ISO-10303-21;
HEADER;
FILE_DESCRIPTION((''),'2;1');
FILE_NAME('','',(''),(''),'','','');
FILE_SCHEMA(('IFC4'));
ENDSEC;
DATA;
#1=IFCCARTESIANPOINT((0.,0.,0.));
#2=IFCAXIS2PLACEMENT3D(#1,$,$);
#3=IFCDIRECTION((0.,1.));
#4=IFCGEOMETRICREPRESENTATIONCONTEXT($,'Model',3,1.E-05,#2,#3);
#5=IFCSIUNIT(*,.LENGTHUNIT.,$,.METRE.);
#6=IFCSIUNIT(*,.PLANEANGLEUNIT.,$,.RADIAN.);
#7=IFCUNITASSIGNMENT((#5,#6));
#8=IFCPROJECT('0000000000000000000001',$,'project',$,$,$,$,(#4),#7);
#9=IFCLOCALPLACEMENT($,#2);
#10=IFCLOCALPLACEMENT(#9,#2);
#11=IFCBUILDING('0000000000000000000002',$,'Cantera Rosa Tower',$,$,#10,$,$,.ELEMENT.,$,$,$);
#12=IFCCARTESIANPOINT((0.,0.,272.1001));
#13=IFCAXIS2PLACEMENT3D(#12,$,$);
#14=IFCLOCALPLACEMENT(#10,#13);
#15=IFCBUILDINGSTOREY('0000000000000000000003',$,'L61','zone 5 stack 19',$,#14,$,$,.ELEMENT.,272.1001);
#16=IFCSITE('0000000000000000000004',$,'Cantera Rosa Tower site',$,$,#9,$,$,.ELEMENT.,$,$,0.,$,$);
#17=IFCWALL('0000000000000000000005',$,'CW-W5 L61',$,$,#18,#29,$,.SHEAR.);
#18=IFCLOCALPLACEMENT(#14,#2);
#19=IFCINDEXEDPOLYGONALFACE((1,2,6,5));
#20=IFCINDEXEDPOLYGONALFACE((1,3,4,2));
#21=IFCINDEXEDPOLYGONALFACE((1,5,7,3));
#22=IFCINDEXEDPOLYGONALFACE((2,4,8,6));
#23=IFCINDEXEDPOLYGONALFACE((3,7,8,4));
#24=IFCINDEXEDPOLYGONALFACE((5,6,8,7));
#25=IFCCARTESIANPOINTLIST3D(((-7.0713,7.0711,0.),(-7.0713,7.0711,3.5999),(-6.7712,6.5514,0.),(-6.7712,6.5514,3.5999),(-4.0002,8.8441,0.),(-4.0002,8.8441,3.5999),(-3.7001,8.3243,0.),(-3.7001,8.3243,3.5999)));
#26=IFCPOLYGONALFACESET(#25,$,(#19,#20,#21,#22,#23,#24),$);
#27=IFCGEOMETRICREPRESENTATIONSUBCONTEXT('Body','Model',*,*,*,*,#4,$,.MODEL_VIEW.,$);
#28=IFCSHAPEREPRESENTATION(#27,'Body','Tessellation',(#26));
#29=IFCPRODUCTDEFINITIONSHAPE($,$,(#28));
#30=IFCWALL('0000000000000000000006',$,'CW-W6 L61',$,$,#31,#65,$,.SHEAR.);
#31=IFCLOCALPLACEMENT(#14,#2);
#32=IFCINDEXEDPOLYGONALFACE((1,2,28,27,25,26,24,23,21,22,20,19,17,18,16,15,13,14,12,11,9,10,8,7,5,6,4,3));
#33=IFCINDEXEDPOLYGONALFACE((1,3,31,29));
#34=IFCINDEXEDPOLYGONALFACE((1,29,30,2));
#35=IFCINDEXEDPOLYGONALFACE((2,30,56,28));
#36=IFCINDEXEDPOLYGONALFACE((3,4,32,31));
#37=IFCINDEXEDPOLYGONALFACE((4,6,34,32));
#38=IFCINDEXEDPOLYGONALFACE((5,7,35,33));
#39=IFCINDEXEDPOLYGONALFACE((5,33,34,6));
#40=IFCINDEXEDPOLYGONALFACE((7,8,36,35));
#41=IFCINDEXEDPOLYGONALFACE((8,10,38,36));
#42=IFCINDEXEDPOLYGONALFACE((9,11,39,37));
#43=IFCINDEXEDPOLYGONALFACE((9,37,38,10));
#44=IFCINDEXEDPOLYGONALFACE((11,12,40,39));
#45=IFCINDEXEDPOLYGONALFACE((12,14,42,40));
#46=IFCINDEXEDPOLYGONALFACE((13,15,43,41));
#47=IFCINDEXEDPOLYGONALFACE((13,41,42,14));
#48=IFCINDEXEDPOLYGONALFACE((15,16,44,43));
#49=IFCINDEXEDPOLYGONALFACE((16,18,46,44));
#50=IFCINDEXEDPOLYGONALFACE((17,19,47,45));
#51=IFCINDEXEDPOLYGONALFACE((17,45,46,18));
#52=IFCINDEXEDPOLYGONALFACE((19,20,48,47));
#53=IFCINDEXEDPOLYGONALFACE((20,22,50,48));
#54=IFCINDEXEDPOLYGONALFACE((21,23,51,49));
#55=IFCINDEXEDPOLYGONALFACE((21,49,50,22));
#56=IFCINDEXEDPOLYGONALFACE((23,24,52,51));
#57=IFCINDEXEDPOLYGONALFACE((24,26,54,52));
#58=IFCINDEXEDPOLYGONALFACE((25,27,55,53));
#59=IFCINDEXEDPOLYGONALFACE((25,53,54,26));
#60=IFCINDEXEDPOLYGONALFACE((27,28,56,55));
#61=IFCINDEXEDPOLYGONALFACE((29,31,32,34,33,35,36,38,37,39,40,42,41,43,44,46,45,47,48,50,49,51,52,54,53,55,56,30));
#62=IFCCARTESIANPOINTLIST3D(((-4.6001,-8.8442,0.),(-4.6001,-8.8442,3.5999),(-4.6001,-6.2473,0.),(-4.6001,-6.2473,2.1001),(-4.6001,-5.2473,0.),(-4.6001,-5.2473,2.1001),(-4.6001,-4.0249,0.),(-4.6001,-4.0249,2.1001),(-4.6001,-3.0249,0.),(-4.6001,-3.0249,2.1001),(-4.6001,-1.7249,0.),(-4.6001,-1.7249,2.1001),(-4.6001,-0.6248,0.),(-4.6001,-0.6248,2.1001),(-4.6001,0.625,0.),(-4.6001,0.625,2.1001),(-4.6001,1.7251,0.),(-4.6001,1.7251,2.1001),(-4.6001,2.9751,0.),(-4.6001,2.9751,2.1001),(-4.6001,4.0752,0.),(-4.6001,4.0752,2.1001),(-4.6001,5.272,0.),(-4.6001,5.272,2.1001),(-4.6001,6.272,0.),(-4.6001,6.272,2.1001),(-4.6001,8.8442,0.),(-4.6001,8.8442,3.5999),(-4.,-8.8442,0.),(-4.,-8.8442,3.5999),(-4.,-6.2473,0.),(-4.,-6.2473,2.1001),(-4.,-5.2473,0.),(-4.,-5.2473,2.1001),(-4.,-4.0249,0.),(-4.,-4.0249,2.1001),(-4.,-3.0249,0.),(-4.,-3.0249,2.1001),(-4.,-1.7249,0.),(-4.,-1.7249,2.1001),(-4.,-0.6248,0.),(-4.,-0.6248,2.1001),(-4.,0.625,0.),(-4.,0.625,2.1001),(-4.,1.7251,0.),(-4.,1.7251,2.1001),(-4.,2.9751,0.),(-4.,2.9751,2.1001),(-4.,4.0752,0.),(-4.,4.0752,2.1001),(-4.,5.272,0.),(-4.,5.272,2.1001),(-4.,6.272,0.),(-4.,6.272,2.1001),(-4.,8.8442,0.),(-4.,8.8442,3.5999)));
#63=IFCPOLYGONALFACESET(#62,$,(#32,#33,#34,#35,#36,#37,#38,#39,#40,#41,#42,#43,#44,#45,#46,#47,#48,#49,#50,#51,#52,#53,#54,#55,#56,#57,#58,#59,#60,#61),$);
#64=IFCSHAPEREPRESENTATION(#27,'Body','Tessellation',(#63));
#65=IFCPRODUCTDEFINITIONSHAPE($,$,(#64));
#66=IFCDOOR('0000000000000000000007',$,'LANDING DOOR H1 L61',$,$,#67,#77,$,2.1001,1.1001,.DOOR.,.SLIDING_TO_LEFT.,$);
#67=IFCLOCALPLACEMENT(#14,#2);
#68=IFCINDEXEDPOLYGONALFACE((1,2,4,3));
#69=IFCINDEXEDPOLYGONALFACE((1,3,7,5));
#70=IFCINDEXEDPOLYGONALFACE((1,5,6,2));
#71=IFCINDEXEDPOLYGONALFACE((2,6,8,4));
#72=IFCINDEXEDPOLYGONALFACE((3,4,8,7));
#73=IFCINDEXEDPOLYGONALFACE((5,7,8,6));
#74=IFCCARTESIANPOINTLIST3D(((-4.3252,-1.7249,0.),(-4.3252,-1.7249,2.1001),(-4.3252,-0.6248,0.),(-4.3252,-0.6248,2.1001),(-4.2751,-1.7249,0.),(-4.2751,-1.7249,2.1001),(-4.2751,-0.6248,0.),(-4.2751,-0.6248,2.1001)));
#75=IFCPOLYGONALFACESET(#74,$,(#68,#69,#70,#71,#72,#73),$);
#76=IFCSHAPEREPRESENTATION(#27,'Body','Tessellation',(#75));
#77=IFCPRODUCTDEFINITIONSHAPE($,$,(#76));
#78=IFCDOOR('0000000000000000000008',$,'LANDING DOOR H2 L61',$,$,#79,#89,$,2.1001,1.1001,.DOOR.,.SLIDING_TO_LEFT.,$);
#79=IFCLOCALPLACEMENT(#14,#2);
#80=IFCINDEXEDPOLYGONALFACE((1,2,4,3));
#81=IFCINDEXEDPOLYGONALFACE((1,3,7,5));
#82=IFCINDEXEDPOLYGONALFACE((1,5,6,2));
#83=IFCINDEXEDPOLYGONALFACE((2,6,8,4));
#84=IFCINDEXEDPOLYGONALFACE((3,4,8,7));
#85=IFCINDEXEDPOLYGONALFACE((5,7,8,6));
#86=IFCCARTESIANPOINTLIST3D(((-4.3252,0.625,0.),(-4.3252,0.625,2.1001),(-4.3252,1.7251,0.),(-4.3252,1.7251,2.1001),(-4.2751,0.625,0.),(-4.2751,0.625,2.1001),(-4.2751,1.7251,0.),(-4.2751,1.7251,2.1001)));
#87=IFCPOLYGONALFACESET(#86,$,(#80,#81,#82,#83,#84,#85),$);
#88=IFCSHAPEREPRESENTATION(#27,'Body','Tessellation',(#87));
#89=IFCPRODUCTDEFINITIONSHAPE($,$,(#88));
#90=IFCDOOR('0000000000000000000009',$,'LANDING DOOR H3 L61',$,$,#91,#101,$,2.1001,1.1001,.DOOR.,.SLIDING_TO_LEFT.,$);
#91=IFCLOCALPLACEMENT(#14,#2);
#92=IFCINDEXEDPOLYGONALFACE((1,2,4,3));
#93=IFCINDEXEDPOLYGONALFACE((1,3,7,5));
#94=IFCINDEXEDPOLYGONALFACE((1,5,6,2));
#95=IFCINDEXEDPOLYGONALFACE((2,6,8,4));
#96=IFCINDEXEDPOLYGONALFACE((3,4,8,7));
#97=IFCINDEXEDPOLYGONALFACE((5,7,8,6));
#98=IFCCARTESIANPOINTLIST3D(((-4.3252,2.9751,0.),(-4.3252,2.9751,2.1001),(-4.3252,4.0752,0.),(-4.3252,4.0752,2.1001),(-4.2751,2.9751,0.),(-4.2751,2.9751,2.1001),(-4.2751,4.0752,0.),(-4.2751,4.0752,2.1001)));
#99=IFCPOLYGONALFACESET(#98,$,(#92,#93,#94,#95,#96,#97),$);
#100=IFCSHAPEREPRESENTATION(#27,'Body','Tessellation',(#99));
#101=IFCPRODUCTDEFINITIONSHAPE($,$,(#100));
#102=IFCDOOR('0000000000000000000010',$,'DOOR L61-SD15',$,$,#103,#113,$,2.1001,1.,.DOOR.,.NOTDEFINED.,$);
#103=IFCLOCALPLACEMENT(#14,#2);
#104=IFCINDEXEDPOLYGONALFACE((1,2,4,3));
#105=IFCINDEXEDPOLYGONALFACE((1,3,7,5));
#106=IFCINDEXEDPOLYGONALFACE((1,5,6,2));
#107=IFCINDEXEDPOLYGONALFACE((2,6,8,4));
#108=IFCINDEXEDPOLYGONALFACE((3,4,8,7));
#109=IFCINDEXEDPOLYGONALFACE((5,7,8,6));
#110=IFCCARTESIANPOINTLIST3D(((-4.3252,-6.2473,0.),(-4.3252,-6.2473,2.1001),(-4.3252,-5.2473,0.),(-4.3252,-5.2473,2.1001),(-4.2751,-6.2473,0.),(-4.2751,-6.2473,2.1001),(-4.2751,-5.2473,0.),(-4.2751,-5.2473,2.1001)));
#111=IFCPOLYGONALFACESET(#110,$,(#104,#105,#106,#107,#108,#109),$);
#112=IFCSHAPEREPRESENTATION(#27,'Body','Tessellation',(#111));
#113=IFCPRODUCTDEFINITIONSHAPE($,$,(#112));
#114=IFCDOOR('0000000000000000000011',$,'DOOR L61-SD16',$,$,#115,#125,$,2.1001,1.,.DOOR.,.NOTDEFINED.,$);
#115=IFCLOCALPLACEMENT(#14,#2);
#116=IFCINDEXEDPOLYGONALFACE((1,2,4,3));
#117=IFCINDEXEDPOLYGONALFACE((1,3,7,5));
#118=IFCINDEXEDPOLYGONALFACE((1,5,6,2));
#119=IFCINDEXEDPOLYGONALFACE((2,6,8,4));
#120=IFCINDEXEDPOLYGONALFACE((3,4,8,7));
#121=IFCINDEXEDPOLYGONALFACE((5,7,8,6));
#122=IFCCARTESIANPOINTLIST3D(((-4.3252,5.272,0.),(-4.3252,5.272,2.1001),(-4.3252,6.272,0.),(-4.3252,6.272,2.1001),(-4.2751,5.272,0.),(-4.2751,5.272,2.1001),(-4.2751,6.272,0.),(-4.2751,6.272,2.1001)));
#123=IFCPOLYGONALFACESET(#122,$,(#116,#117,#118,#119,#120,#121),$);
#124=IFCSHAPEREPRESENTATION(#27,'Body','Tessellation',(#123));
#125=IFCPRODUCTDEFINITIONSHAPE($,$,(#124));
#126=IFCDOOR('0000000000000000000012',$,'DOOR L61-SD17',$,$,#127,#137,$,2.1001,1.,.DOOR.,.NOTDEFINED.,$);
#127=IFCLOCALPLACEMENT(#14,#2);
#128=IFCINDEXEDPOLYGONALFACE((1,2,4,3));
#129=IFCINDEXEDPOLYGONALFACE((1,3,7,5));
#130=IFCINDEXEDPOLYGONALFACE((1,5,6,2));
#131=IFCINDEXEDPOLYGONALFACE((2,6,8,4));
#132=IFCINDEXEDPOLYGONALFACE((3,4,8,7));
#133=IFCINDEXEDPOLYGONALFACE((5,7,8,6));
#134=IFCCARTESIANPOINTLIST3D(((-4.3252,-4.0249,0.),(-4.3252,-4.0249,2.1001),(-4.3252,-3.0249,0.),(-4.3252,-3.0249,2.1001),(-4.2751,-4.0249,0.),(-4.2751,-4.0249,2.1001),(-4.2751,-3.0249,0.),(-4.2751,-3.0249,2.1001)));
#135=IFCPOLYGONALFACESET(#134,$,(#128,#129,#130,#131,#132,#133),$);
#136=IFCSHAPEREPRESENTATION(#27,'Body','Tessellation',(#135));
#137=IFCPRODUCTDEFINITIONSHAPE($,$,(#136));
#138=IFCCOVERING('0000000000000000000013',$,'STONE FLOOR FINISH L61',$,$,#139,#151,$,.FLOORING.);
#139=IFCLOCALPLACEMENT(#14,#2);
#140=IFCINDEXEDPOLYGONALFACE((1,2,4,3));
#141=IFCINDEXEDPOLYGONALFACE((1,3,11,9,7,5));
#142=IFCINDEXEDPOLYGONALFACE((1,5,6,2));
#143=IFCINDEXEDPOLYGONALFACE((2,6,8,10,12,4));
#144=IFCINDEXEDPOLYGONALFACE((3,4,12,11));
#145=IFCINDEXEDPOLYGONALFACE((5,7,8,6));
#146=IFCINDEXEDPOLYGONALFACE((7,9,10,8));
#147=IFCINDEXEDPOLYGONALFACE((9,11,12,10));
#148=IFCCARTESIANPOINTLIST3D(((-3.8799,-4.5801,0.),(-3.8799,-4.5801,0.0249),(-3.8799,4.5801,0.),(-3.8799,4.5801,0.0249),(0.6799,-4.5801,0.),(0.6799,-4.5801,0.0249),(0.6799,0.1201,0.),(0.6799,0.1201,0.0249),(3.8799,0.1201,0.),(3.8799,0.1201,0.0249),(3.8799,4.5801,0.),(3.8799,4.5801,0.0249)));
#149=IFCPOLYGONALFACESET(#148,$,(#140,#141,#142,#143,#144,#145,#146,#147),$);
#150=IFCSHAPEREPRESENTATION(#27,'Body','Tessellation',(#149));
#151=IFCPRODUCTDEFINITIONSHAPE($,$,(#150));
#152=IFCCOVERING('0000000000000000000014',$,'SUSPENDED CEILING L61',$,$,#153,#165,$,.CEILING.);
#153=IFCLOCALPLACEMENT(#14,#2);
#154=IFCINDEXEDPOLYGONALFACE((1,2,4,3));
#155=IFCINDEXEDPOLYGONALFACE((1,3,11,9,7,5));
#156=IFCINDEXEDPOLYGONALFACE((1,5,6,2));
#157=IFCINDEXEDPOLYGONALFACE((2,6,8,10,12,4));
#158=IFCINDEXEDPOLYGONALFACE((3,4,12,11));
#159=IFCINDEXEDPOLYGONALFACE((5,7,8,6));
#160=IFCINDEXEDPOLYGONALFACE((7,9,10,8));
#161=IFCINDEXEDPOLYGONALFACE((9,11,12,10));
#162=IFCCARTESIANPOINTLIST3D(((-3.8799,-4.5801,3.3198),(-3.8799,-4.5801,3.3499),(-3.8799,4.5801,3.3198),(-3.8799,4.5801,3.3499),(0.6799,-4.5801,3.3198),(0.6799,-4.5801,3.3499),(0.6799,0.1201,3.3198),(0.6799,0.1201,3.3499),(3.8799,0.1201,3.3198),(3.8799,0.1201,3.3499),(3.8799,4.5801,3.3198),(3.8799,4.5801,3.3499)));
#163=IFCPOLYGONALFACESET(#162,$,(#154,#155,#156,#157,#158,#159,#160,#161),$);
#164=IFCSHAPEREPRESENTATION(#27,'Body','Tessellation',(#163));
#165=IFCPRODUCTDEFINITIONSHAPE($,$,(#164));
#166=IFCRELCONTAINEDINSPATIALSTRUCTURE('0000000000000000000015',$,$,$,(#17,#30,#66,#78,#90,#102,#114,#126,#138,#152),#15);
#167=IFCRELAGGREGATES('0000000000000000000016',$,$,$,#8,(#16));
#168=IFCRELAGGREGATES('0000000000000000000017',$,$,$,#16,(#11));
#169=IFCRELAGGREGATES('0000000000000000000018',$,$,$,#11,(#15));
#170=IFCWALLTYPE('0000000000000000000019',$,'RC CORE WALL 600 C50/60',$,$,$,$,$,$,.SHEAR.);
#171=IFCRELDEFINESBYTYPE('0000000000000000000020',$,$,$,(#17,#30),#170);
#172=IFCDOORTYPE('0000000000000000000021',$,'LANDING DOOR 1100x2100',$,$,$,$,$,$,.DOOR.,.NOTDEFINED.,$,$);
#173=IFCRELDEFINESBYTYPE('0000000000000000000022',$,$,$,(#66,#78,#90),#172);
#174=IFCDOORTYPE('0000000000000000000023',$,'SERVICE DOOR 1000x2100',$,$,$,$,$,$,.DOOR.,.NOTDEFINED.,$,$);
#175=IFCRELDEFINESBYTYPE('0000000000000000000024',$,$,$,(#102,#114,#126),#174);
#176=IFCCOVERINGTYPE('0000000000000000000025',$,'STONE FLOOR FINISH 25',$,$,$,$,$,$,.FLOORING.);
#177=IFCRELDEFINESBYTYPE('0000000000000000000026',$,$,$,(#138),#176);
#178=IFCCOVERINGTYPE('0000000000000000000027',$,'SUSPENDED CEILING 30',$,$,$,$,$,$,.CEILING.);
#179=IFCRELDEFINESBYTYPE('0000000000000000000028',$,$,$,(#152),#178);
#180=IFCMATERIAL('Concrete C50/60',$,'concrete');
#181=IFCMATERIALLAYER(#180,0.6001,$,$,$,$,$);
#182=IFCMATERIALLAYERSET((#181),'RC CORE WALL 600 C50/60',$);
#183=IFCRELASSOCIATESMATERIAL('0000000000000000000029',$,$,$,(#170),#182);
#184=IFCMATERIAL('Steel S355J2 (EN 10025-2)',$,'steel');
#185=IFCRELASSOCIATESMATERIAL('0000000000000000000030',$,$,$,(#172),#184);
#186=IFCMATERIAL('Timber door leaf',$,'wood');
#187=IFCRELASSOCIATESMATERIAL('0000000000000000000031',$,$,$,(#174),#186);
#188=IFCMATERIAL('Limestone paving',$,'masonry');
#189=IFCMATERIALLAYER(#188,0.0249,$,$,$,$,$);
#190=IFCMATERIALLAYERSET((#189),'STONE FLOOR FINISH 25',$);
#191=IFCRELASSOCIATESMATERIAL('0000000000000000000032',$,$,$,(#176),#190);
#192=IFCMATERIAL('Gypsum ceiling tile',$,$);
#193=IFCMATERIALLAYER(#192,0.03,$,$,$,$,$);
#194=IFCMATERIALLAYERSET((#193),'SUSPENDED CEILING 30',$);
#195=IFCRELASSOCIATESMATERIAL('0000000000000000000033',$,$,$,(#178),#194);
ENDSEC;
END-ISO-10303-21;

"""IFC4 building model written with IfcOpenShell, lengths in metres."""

from ifc_helpers import new_model, si_unit, direction, frame, frame_2d, origin, place, context, subcontext, project, spatial, polyline, rectangle, outline, extrude, material, layer, layer_set, type_object, element, fill, save


model = new_model("IFC4")

# Units and contexts
model_context = context("Model", 3, precision=1e-05, world=origin(), true_north=direction((0.0, 1.0)))
body_context = subcontext(model_context, "Body", "Model", "MODEL_VIEW")
ifc_project = project(units=[si_unit("LENGTHUNIT", "METRE"), si_unit("PLANEANGLEUNIT", "RADIAN")], contexts=[model_context])

# Site, building, storey
site_placement = place(None, origin())
site = spatial("IfcSite", under=ifc_project, at=site_placement, Name="Cantera Rosa Tower site", CompositionType="ELEMENT", RefElevation=0.0)
building_placement = place(site_placement, origin())
building = spatial("IfcBuilding", under=site, at=building_placement, Name="Cantera Rosa Tower", CompositionType="ELEMENT")
storey_placement = place(building_placement, frame((0.0, 0.0, 272.1001)))
storey = spatial("IfcBuildingStorey", under=building, at=storey_placement, Name="L61", Description="zone 5 stack 19", CompositionType="ELEMENT", Elevation=272.1001)

# Wall
ifc_material_1 = material(Name="Concrete C50/60", Category="concrete")
ifc_layer_1 = layer(ifc_material_1, 0.6001)
ifc_layer_set_1 = layer_set([ifc_layer_1], Name="RC CORE WALL 600 C50/60")
wall_type_1 = type_object("IfcWallType", Name="RC CORE WALL 600 C50/60", PredefinedType="SHEAR", material=ifc_layer_set_1)
wall_1_placement = place(storey_placement, frame((-6.9211, 6.8113, 0.0), z_axis=(0.0, 0.0, 1.0), x_axis=(0.86604, 0.499975, 0.0)))
element("IfcWall", 1, at=wall_1_placement, inside=storey, type_object=wall_type_1, Name="CW-W5 L61", PredefinedType="SHEAR", context=body_context, shape_type="SweptSolid", body=[
    extrude(rectangle(XDim=3.5461, YDim=0.6001, at=frame_2d((1.7729, 0.0))), origin(), (0.0, 0.0, 1.0), 3.5999),
])

# Wall, openings, doors
wall_2_placement = place(storey_placement, frame((-4.3, 8.8442, 0.0), z_axis=(0.0, 0.0, 1.0), x_axis=(0.0, -1.0, 0.0)))
wall_2 = element("IfcWall", 2, at=wall_2_placement, inside=storey, type_object=wall_type_1, Name="CW-W6 L61", PredefinedType="SHEAR", context=body_context, shape_type="SweptSolid", body=[
    extrude(rectangle(XDim=17.6885, YDim=0.6001, at=frame_2d((8.8442, 0.0))), origin(), (0.0, 0.0, 1.0), 3.5999),
])
opening_1_placement = place(wall_2_placement, frame((9.469, 0.0, 0.0)))
opening_1 = element("IfcOpeningElement", 3, at=opening_1_placement, cuts=wall_2, PredefinedType="OPENING", context=body_context, shape_type="SweptSolid", body=[
    extrude(rectangle(XDim=1.1001, YDim=2.1001, at=frame_2d((0.55, 1.05))), frame((0.0, 0.3101, 0.0), z_axis=(0.0, -1.0, 0.0), x_axis=(1.0, 0.0, 0.0)), (0.0, 0.0, 1.0), 0.6201),
])
opening_2_placement = place(wall_2_placement, frame((7.1191, 0.0, 0.0)))
opening_2 = element("IfcOpeningElement", 4, at=opening_2_placement, cuts=wall_2, PredefinedType="OPENING", context=body_context, shape_type="SweptSolid", body=[
    extrude(rectangle(XDim=1.1001, YDim=2.1001, at=frame_2d((0.55, 1.05))), frame((0.0, 0.3101, 0.0), z_axis=(0.0, -1.0, 0.0), x_axis=(1.0, 0.0, 0.0)), (0.0, 0.0, 1.0), 0.6201),
])
opening_3_placement = place(wall_2_placement, frame((4.769, 0.0, 0.0)))
opening_3 = element("IfcOpeningElement", 5, at=opening_3_placement, cuts=wall_2, PredefinedType="OPENING", context=body_context, shape_type="SweptSolid", body=[
    extrude(rectangle(XDim=1.1001, YDim=2.1001, at=frame_2d((0.55, 1.05))), frame((0.0, 0.3101, 0.0), z_axis=(0.0, -1.0, 0.0), x_axis=(1.0, 0.0, 0.0)), (0.0, 0.0, 1.0), 0.6201),
])
opening_4_placement = place(wall_2_placement, frame((14.0916, 0.0, 0.0)))
opening_4 = element("IfcOpeningElement", 6, at=opening_4_placement, cuts=wall_2, PredefinedType="OPENING", context=body_context, shape_type="SweptSolid", body=[
    extrude(rectangle(XDim=1.0, YDim=2.1001, at=frame_2d((0.5, 1.05))), frame((0.0, 0.3101, 0.0), z_axis=(0.0, -1.0, 0.0), x_axis=(1.0, 0.0, 0.0)), (0.0, 0.0, 1.0), 0.6201),
])
opening_5_placement = place(wall_2_placement, frame((2.5723, 0.0, 0.0)))
opening_5 = element("IfcOpeningElement", 7, at=opening_5_placement, cuts=wall_2, PredefinedType="OPENING", context=body_context, shape_type="SweptSolid", body=[
    extrude(rectangle(XDim=1.0, YDim=2.1001, at=frame_2d((0.5, 1.05))), frame((0.0, 0.3101, 0.0), z_axis=(0.0, -1.0, 0.0), x_axis=(1.0, 0.0, 0.0)), (0.0, 0.0, 1.0), 0.6201),
])
opening_6_placement = place(wall_2_placement, frame((11.8691, 0.0, 0.0)))
opening_6 = element("IfcOpeningElement", 8, at=opening_6_placement, cuts=wall_2, PredefinedType="OPENING", context=body_context, shape_type="SweptSolid", body=[
    extrude(rectangle(XDim=1.0, YDim=2.1001, at=frame_2d((0.5, 1.05))), frame((0.0, 0.3101, 0.0), z_axis=(0.0, -1.0, 0.0), x_axis=(1.0, 0.0, 0.0)), (0.0, 0.0, 1.0), 0.6201),
])
ifc_material_2 = material(Name="Steel S355J2 (EN 10025-2)", Category="steel")
door_type_1 = type_object("IfcDoorType", Name="LANDING DOOR 1100x2100", OperationType="NOTDEFINED", PredefinedType="DOOR", material=ifc_material_2)
door_1_placement = place(opening_1_placement, origin())
door_1 = element("IfcDoor", 9, at=door_1_placement, inside=storey, type_object=door_type_1, Name="LANDING DOOR H1 L61", OperationType="SLIDING_TO_LEFT", OverallHeight=2.1001, OverallWidth=1.1001, PredefinedType="DOOR", context=body_context, shape_type="SweptSolid", body=[
    extrude(rectangle(XDim=1.1001, YDim=2.1001, at=frame_2d((0.55, 1.05))), frame((0.0, 0.0249, 0.0), z_axis=(0.0, -1.0, 0.0), x_axis=(1.0, 0.0, 0.0)), (0.0, 0.0, 1.0), 0.05),
])
fill(opening_1, door_1)
door_2_placement = place(opening_2_placement, origin())
door_2 = element("IfcDoor", 10, at=door_2_placement, inside=storey, type_object=door_type_1, Name="LANDING DOOR H2 L61", OperationType="SLIDING_TO_LEFT", OverallHeight=2.1001, OverallWidth=1.1001, PredefinedType="DOOR", context=body_context, shape_type="SweptSolid", body=[
    extrude(rectangle(XDim=1.1001, YDim=2.1001, at=frame_2d((0.55, 1.05))), frame((0.0, 0.0249, 0.0), z_axis=(0.0, -1.0, 0.0), x_axis=(1.0, 0.0, 0.0)), (0.0, 0.0, 1.0), 0.05),
])
fill(opening_2, door_2)
door_3_placement = place(opening_3_placement, origin())
door_3 = element("IfcDoor", 11, at=door_3_placement, inside=storey, type_object=door_type_1, Name="LANDING DOOR H3 L61", OperationType="SLIDING_TO_LEFT", OverallHeight=2.1001, OverallWidth=1.1001, PredefinedType="DOOR", context=body_context, shape_type="SweptSolid", body=[
    extrude(rectangle(XDim=1.1001, YDim=2.1001, at=frame_2d((0.55, 1.05))), frame((0.0, 0.0249, 0.0), z_axis=(0.0, -1.0, 0.0), x_axis=(1.0, 0.0, 0.0)), (0.0, 0.0, 1.0), 0.05),
])
fill(opening_3, door_3)
ifc_material_3 = material(Name="Timber door leaf", Category="wood")
door_type_2 = type_object("IfcDoorType", Name="SERVICE DOOR 1000x2100", OperationType="NOTDEFINED", PredefinedType="DOOR", material=ifc_material_3)
door_4_placement = place(opening_4_placement, origin())
door_4 = element("IfcDoor", 12, at=door_4_placement, inside=storey, type_object=door_type_2, Name="DOOR L61-SD15", OperationType="NOTDEFINED", OverallHeight=2.1001, OverallWidth=1.0, PredefinedType="DOOR", context=body_context, shape_type="SweptSolid", body=[
    extrude(rectangle(XDim=1.0, YDim=2.1001, at=frame_2d((0.5, 1.05))), frame((0.0, 0.0249, 0.0), z_axis=(0.0, -1.0, 0.0), x_axis=(1.0, 0.0, 0.0)), (0.0, 0.0, 1.0), 0.05),
])
fill(opening_4, door_4)
door_5_placement = place(opening_5_placement, origin())
door_5 = element("IfcDoor", 13, at=door_5_placement, inside=storey, type_object=door_type_2, Name="DOOR L61-SD16", OperationType="NOTDEFINED", OverallHeight=2.1001, OverallWidth=1.0, PredefinedType="DOOR", context=body_context, shape_type="SweptSolid", body=[
    extrude(rectangle(XDim=1.0, YDim=2.1001, at=frame_2d((0.5, 1.05))), frame((0.0, 0.0249, 0.0), z_axis=(0.0, -1.0, 0.0), x_axis=(1.0, 0.0, 0.0)), (0.0, 0.0, 1.0), 0.05),
])
fill(opening_5, door_5)
door_6_placement = place(opening_6_placement, origin())
door_6 = element("IfcDoor", 14, at=door_6_placement, inside=storey, type_object=door_type_2, Name="DOOR L61-SD17", OperationType="NOTDEFINED", OverallHeight=2.1001, OverallWidth=1.0, PredefinedType="DOOR", context=body_context, shape_type="SweptSolid", body=[
    extrude(rectangle(XDim=1.0, YDim=2.1001, at=frame_2d((0.5, 1.05))), frame((0.0, 0.0249, 0.0), z_axis=(0.0, -1.0, 0.0), x_axis=(1.0, 0.0, 0.0)), (0.0, 0.0, 1.0), 0.05),
])
fill(opening_6, door_6)

# Coverings
ifc_material_4 = material(Name="Limestone paving", Category="masonry")
ifc_layer_2 = layer(ifc_material_4, 0.0249)
ifc_layer_set_2 = layer_set([ifc_layer_2], Name="STONE FLOOR FINISH 25")
covering_type_1 = type_object("IfcCoveringType", Name="STONE FLOOR FINISH 25", PredefinedType="FLOORING", material=ifc_layer_set_2)
covering_1_placement = place(storey_placement, origin())
element("IfcCovering", 15, at=covering_1_placement, inside=storey, type_object=covering_type_1, Name="STONE FLOOR FINISH L61", PredefinedType="FLOORING", context=body_context, shape_type="SweptSolid", body=[
    extrude(outline(polyline([(3.8799, 4.5801), (3.8799, 0.1201), (0.6799, 0.1201), (0.6799, -4.5801), (-3.8799, -4.5801), (-3.8799, 4.5801), (3.8799, 4.5801)])), origin(), (0.0, 0.0, 1.0), 0.0249),
])
ifc_material_5 = material(Name="Gypsum ceiling tile")
ifc_layer_3 = layer(ifc_material_5, 0.03)
ifc_layer_set_3 = layer_set([ifc_layer_3], Name="SUSPENDED CEILING 30")
covering_type_2 = type_object("IfcCoveringType", Name="SUSPENDED CEILING 30", PredefinedType="CEILING", material=ifc_layer_set_3)
covering_2_placement = place(storey_placement, frame((0.0, 0.0, 3.3198)))
element("IfcCovering", 16, at=covering_2_placement, inside=storey, type_object=covering_type_2, Name="SUSPENDED CEILING L61", PredefinedType="CEILING", context=body_context, shape_type="SweptSolid", body=[
    extrude(outline(polyline([(3.8799, 4.5801), (3.8799, 0.1201), (0.6799, 0.1201), (0.6799, -4.5801), (-3.8799, -4.5801), (-3.8799, 4.5801), (3.8799, 4.5801)])), origin(), (0.0, 0.0, 1.0), 0.03),
])

save(model, "model.ifc")
